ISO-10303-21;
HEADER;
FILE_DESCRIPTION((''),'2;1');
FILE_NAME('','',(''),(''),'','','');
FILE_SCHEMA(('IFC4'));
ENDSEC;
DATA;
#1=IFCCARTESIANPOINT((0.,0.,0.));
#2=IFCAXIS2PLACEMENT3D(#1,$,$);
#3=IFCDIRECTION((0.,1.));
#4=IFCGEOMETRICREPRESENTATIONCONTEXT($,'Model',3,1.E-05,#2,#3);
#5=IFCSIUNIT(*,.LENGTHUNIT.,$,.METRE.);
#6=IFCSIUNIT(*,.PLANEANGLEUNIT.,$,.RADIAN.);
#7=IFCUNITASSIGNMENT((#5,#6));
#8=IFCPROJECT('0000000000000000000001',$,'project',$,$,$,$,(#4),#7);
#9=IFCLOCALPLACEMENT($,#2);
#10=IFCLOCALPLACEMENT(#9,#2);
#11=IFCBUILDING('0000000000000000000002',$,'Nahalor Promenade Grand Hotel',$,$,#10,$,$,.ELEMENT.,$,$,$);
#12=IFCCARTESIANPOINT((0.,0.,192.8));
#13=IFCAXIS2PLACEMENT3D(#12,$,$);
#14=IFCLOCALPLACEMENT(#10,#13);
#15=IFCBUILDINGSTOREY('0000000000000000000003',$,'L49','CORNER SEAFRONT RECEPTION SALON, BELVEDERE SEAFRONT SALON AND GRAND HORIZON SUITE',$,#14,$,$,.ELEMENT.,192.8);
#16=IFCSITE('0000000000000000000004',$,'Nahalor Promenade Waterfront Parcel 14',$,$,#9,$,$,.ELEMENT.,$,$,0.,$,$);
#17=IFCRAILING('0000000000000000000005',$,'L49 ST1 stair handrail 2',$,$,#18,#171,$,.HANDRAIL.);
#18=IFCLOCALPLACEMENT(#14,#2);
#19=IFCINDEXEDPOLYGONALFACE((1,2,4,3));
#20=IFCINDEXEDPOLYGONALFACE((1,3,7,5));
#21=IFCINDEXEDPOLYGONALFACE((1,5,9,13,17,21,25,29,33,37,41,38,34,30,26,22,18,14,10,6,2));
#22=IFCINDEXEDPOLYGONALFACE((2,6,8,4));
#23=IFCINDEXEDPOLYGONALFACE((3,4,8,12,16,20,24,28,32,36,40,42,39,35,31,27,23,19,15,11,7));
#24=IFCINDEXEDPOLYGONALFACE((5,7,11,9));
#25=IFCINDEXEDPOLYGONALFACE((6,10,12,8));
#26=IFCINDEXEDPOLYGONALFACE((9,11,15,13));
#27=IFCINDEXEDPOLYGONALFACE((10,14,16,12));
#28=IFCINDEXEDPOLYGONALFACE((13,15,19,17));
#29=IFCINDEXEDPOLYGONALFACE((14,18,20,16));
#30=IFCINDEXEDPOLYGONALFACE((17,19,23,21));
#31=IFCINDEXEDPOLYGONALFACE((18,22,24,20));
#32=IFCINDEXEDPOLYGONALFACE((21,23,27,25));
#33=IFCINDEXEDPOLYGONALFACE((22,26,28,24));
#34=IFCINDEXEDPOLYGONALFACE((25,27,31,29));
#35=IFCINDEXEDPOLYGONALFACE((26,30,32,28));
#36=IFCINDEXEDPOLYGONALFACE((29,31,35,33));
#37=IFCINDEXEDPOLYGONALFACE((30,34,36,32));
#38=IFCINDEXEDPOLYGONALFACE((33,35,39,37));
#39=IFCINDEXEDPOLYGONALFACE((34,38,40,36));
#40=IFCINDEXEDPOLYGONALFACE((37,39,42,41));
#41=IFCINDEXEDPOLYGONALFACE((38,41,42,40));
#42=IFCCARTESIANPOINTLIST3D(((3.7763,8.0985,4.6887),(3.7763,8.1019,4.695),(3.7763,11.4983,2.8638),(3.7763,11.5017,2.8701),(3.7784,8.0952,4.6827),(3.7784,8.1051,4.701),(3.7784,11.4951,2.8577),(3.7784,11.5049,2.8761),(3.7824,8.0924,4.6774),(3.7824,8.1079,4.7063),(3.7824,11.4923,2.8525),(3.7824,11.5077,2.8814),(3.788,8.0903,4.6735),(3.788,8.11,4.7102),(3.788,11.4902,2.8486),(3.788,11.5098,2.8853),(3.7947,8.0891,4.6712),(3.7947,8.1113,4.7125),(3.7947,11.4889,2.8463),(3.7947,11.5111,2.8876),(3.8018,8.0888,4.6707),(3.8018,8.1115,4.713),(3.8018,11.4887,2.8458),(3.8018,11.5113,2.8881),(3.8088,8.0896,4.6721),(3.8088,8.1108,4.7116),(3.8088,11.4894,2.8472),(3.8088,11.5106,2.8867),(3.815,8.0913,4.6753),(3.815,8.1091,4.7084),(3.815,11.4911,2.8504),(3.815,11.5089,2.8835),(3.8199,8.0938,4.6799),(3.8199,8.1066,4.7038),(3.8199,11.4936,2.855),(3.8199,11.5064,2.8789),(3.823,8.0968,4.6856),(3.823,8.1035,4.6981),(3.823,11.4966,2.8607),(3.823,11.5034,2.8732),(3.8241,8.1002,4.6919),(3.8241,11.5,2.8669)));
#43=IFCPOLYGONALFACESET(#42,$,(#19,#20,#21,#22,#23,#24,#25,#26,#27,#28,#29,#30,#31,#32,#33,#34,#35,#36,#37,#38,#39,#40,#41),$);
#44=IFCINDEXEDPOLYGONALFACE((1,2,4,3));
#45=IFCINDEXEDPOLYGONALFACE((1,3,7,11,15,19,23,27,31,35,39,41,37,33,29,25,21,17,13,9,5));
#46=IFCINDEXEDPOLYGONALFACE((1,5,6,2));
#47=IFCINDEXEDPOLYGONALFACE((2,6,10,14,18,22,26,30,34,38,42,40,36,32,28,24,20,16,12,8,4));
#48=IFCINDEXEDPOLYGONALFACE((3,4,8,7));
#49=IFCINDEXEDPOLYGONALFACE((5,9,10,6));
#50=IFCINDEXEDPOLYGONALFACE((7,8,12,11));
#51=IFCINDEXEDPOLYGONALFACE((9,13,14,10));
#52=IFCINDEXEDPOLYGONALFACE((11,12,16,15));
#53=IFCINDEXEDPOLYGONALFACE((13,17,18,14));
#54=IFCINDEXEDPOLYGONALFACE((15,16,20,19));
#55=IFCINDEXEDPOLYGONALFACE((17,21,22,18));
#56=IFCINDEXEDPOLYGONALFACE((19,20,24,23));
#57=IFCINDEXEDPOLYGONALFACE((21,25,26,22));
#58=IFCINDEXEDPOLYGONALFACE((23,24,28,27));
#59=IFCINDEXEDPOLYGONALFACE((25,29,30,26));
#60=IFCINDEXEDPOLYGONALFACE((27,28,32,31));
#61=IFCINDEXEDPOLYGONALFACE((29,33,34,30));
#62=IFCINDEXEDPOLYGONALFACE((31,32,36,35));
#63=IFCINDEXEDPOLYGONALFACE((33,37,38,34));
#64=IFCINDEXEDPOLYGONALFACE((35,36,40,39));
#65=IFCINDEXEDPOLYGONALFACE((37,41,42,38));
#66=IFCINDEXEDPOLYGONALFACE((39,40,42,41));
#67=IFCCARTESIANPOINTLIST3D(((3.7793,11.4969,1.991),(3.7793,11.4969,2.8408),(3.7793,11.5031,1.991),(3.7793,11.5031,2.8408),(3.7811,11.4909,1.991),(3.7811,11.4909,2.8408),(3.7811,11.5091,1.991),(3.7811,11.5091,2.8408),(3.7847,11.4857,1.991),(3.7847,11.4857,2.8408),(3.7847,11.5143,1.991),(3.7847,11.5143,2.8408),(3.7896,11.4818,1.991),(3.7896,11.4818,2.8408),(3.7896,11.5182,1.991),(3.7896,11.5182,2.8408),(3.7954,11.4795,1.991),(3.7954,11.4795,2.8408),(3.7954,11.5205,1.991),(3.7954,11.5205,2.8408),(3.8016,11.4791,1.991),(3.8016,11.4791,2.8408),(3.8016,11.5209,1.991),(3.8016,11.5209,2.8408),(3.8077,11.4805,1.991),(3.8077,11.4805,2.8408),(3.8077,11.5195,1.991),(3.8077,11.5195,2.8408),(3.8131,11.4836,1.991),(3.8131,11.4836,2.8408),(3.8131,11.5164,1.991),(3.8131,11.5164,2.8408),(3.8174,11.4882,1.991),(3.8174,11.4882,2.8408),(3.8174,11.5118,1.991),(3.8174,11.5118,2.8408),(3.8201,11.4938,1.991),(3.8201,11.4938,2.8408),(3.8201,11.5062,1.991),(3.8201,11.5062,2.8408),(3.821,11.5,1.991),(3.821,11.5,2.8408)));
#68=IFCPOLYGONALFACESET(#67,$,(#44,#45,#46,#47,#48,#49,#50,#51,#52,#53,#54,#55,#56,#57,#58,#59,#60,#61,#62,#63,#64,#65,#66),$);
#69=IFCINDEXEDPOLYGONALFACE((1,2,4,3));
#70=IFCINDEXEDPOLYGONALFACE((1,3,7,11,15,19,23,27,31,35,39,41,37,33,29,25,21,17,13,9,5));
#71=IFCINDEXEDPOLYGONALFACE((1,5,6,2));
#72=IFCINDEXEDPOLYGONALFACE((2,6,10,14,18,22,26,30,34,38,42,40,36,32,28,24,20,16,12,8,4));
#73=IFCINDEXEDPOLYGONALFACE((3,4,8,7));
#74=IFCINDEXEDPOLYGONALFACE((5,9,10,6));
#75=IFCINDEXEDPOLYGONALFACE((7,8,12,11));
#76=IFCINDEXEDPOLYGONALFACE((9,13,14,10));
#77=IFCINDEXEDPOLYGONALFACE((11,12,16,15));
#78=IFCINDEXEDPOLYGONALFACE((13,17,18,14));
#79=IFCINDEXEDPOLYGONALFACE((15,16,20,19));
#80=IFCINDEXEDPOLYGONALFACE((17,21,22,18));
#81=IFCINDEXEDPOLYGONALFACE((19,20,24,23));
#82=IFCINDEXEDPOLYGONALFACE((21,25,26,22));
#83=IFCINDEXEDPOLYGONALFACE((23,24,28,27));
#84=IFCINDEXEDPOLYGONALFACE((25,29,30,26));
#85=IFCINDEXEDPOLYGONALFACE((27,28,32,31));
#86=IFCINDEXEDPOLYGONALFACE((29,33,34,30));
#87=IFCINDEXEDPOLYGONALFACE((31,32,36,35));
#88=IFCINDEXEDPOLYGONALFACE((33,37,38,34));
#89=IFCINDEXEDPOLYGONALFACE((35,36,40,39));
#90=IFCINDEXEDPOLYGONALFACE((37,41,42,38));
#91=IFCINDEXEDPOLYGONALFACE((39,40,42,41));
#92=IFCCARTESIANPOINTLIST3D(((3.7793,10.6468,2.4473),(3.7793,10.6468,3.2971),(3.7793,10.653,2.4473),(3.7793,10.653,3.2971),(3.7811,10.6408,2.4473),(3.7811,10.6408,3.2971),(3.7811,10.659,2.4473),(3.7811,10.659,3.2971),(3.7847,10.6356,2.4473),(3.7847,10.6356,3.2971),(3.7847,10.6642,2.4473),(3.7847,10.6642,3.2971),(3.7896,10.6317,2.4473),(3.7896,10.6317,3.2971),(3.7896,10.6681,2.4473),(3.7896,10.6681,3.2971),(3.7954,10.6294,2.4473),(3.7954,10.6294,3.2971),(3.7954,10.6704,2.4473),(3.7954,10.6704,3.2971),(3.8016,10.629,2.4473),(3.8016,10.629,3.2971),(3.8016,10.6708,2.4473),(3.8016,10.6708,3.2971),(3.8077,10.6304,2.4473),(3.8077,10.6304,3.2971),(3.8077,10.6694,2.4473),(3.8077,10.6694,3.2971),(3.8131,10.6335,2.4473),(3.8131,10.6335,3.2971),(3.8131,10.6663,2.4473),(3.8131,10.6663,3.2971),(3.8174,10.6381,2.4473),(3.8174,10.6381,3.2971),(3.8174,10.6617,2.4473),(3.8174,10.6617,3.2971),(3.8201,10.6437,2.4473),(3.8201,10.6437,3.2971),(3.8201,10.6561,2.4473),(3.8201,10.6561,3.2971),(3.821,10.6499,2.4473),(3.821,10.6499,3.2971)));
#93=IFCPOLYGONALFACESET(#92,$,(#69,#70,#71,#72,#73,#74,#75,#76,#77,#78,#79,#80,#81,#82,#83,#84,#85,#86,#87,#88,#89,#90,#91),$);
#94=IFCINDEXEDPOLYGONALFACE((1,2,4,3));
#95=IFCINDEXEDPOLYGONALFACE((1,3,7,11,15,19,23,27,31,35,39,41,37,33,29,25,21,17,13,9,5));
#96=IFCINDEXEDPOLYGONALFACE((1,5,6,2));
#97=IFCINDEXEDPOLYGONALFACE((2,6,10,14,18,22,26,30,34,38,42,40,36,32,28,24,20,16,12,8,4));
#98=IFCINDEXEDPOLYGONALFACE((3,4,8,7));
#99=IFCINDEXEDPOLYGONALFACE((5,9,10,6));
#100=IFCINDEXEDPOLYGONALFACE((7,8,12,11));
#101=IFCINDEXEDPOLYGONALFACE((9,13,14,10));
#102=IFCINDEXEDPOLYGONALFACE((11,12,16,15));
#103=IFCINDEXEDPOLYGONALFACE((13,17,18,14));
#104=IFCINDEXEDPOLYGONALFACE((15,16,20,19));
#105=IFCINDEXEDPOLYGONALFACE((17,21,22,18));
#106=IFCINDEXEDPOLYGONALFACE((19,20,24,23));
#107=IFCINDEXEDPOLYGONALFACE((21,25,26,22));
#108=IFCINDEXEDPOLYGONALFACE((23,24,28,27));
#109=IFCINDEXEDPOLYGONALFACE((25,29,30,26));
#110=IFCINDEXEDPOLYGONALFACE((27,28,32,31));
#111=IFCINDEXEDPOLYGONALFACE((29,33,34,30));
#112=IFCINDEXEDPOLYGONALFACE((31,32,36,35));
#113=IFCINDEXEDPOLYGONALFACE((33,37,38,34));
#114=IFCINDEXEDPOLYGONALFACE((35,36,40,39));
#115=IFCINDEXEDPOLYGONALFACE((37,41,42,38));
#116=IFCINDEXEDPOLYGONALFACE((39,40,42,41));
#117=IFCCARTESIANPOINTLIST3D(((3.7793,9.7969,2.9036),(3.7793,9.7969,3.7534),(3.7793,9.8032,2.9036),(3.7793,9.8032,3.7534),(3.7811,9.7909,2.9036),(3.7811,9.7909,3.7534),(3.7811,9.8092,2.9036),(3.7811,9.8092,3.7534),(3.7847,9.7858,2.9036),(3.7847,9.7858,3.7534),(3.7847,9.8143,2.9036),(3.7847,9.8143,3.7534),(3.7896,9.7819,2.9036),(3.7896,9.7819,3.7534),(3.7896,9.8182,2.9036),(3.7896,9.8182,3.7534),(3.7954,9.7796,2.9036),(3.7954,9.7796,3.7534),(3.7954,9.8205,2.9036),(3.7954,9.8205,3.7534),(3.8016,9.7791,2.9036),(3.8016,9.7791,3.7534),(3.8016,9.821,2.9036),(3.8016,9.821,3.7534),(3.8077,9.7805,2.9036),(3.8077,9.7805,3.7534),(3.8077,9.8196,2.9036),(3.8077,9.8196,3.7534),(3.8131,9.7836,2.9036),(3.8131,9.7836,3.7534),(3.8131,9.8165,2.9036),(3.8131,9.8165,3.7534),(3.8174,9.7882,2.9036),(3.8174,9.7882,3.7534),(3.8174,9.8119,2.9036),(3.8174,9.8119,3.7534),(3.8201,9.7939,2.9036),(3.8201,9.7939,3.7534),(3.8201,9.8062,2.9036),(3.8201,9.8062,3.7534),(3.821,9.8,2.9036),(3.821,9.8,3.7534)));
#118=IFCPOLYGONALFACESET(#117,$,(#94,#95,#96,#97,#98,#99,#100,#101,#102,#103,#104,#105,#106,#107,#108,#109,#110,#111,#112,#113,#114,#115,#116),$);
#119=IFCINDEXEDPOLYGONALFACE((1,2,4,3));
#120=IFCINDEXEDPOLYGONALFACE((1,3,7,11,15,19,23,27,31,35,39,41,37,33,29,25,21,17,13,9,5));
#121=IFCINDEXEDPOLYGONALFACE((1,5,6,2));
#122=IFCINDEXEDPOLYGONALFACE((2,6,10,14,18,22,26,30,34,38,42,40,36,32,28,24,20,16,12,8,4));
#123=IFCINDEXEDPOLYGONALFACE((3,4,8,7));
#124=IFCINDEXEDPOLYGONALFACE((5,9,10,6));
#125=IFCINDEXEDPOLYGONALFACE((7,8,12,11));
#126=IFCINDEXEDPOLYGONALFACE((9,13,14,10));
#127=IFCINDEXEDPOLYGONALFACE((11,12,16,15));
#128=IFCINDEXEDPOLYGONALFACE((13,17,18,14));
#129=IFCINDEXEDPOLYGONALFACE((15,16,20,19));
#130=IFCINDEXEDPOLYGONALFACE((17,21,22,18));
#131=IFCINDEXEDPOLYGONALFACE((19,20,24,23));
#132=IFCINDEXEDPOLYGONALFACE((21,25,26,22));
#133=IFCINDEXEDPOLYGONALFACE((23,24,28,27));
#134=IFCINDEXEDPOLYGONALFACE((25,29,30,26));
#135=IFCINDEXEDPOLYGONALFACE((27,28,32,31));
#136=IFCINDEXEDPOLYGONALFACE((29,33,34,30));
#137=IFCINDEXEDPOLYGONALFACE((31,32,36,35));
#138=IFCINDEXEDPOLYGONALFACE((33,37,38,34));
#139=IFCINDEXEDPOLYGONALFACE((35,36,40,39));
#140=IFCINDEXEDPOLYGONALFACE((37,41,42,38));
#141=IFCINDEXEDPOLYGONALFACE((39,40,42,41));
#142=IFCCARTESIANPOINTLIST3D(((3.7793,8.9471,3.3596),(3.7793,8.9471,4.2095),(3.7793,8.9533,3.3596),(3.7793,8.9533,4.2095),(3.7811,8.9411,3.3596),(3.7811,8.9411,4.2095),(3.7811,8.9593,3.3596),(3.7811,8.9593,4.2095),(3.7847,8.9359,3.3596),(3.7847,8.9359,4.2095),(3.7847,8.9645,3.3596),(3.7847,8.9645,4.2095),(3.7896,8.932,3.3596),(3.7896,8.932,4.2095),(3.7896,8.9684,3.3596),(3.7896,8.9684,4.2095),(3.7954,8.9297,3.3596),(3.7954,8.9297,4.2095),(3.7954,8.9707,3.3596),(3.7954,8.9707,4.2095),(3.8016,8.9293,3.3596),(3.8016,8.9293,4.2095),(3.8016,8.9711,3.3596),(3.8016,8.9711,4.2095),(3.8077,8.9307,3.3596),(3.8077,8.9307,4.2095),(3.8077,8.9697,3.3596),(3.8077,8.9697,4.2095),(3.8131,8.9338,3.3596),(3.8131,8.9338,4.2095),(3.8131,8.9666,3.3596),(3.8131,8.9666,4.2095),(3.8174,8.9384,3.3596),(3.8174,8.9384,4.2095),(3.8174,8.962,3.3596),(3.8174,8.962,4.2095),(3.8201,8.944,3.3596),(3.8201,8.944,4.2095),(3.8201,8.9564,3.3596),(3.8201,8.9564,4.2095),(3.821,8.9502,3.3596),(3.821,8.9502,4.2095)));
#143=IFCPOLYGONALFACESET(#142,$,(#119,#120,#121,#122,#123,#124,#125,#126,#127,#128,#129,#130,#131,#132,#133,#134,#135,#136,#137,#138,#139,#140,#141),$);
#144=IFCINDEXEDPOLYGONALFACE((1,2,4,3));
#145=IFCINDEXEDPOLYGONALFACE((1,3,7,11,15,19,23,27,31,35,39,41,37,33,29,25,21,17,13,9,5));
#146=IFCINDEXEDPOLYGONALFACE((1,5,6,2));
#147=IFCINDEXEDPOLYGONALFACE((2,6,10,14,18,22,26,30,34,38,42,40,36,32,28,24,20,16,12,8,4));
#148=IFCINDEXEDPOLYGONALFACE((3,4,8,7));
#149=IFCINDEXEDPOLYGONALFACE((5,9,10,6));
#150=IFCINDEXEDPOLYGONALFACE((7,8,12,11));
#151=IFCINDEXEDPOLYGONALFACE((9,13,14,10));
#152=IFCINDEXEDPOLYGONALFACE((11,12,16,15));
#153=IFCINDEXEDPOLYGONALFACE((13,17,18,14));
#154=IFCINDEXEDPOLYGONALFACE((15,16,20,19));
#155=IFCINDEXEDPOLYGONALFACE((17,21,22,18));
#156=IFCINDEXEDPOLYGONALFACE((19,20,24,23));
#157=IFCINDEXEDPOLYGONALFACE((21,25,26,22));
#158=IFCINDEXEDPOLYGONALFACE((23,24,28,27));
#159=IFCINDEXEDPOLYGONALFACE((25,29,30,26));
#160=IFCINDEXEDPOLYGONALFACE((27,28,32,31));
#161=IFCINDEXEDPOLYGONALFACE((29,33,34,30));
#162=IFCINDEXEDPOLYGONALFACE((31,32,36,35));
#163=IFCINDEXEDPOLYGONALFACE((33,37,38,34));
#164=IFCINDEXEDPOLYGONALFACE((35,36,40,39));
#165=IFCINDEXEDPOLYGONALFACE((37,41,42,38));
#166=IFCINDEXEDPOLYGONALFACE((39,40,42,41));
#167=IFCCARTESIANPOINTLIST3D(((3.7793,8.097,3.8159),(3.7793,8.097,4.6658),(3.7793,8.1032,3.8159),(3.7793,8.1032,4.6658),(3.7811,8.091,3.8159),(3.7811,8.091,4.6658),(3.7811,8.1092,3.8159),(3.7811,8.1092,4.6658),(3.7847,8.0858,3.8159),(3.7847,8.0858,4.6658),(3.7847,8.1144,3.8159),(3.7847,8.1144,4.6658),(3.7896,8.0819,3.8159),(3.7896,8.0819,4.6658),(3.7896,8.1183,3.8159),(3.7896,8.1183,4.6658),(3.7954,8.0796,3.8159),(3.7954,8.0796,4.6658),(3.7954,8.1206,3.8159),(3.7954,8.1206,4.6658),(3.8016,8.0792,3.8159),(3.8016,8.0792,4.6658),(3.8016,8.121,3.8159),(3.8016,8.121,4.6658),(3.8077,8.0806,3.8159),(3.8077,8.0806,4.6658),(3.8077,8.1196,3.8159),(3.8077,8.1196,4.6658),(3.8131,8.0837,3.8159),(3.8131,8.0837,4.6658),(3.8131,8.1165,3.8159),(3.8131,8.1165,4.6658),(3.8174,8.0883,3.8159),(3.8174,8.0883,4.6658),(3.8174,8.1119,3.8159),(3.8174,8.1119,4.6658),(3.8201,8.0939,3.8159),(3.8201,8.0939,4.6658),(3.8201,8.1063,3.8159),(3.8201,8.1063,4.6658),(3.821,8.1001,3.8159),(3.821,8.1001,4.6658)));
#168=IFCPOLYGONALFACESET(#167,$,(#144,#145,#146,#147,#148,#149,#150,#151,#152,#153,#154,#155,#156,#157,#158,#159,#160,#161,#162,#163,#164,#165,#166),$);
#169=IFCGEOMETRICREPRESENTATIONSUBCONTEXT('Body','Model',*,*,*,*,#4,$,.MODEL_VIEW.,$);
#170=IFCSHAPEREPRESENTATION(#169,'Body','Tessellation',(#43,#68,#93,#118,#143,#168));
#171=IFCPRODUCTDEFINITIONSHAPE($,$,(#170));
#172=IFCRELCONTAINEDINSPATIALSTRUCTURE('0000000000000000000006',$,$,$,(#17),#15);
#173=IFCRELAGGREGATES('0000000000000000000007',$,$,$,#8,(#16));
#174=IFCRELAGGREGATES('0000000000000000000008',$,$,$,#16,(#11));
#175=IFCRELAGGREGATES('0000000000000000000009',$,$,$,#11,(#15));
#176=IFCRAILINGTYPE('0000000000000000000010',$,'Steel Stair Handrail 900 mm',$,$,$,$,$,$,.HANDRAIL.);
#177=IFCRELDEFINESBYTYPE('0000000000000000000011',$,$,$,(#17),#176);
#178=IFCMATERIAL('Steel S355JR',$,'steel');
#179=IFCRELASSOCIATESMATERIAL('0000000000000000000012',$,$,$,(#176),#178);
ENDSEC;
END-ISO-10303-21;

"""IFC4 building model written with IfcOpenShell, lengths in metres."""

from ifc_helpers import new_model, si_unit, direction, frame, origin, origin_2d, place, context, subcontext, project, spatial, circle, extrude, material, type_object, element, save


model = new_model("IFC4")

# Units and contexts
model_context = context("Model", 3, precision=1e-05, world=origin(), true_north=direction((0.0, 1.0)))
body_context = subcontext(model_context, "Body", "Model", "MODEL_VIEW")
ifc_project = project(units=[si_unit("LENGTHUNIT", "METRE"), si_unit("PLANEANGLEUNIT", "RADIAN")], contexts=[model_context])

# Site, building, storey
site_placement = place(None, origin())
site = spatial("IfcSite", under=ifc_project, at=site_placement, Name="Nahalor Promenade Waterfront Parcel 14", CompositionType="ELEMENT", RefElevation=0.0)
building_placement = place(site_placement, origin())
building = spatial("IfcBuilding", under=site, at=building_placement, Name="Nahalor Promenade Grand Hotel", CompositionType="ELEMENT")
storey_placement = place(building_placement, frame((0.0, 0.0, 192.8)))
storey = spatial("IfcBuildingStorey", under=building, at=storey_placement, Name="L49", Description="CORNER SEAFRONT RECEPTION SALON, BELVEDERE SEAFRONT SALON AND GRAND HORIZON SUITE", CompositionType="ELEMENT", Elevation=192.8)

# Shared definitions
ifc_material_1 = material(Name="Steel S355JR", Category="steel")

# Railing
railing_type_1 = type_object("IfcRailingType", Name="Steel Stair Handrail 900 mm", PredefinedType="HANDRAIL", material=ifc_material_1)
railing_1_placement = place(storey_placement, frame((3.8, 11.5, 1.991)))
element("IfcRailing", 1, at=railing_1_placement, inside=storey, type_object=railing_type_1, Name="L49 ST1 stair handrail 2", PredefinedType="HANDRAIL", context=body_context, shape_type="SweptSolid", body=[
    extrude(circle(Radius=0.024, at=origin_2d()), frame((0.0, 0.0, 0.876), z_axis=(0.0, -0.881094, 0.472941), x_axis=(1.0, 0.0, 0.0)), (0.0, 0.0, 1.0), 3.8586),
    extrude(circle(Radius=0.021, at=origin_2d()), origin(), (0.0, 0.0, 1.0), 0.8499),
    extrude(circle(Radius=0.021, at=origin_2d()), frame((0.0, -0.8501, 0.4563)), (0.0, 0.0, 1.0), 0.8499),
    extrude(circle(Radius=0.021, at=origin_2d()), frame((0.0, -1.7, 0.9126)), (0.0, 0.0, 1.0), 0.8499),
    extrude(circle(Radius=0.021, at=origin_2d()), frame((0.0, -2.5498, 1.3687)), (0.0, 0.0, 1.0), 0.8499),
    extrude(circle(Radius=0.021, at=origin_2d()), frame((0.0, -3.3999, 1.825)), (0.0, 0.0, 1.0), 0.8499),
])

save(model, "model.ifc")
